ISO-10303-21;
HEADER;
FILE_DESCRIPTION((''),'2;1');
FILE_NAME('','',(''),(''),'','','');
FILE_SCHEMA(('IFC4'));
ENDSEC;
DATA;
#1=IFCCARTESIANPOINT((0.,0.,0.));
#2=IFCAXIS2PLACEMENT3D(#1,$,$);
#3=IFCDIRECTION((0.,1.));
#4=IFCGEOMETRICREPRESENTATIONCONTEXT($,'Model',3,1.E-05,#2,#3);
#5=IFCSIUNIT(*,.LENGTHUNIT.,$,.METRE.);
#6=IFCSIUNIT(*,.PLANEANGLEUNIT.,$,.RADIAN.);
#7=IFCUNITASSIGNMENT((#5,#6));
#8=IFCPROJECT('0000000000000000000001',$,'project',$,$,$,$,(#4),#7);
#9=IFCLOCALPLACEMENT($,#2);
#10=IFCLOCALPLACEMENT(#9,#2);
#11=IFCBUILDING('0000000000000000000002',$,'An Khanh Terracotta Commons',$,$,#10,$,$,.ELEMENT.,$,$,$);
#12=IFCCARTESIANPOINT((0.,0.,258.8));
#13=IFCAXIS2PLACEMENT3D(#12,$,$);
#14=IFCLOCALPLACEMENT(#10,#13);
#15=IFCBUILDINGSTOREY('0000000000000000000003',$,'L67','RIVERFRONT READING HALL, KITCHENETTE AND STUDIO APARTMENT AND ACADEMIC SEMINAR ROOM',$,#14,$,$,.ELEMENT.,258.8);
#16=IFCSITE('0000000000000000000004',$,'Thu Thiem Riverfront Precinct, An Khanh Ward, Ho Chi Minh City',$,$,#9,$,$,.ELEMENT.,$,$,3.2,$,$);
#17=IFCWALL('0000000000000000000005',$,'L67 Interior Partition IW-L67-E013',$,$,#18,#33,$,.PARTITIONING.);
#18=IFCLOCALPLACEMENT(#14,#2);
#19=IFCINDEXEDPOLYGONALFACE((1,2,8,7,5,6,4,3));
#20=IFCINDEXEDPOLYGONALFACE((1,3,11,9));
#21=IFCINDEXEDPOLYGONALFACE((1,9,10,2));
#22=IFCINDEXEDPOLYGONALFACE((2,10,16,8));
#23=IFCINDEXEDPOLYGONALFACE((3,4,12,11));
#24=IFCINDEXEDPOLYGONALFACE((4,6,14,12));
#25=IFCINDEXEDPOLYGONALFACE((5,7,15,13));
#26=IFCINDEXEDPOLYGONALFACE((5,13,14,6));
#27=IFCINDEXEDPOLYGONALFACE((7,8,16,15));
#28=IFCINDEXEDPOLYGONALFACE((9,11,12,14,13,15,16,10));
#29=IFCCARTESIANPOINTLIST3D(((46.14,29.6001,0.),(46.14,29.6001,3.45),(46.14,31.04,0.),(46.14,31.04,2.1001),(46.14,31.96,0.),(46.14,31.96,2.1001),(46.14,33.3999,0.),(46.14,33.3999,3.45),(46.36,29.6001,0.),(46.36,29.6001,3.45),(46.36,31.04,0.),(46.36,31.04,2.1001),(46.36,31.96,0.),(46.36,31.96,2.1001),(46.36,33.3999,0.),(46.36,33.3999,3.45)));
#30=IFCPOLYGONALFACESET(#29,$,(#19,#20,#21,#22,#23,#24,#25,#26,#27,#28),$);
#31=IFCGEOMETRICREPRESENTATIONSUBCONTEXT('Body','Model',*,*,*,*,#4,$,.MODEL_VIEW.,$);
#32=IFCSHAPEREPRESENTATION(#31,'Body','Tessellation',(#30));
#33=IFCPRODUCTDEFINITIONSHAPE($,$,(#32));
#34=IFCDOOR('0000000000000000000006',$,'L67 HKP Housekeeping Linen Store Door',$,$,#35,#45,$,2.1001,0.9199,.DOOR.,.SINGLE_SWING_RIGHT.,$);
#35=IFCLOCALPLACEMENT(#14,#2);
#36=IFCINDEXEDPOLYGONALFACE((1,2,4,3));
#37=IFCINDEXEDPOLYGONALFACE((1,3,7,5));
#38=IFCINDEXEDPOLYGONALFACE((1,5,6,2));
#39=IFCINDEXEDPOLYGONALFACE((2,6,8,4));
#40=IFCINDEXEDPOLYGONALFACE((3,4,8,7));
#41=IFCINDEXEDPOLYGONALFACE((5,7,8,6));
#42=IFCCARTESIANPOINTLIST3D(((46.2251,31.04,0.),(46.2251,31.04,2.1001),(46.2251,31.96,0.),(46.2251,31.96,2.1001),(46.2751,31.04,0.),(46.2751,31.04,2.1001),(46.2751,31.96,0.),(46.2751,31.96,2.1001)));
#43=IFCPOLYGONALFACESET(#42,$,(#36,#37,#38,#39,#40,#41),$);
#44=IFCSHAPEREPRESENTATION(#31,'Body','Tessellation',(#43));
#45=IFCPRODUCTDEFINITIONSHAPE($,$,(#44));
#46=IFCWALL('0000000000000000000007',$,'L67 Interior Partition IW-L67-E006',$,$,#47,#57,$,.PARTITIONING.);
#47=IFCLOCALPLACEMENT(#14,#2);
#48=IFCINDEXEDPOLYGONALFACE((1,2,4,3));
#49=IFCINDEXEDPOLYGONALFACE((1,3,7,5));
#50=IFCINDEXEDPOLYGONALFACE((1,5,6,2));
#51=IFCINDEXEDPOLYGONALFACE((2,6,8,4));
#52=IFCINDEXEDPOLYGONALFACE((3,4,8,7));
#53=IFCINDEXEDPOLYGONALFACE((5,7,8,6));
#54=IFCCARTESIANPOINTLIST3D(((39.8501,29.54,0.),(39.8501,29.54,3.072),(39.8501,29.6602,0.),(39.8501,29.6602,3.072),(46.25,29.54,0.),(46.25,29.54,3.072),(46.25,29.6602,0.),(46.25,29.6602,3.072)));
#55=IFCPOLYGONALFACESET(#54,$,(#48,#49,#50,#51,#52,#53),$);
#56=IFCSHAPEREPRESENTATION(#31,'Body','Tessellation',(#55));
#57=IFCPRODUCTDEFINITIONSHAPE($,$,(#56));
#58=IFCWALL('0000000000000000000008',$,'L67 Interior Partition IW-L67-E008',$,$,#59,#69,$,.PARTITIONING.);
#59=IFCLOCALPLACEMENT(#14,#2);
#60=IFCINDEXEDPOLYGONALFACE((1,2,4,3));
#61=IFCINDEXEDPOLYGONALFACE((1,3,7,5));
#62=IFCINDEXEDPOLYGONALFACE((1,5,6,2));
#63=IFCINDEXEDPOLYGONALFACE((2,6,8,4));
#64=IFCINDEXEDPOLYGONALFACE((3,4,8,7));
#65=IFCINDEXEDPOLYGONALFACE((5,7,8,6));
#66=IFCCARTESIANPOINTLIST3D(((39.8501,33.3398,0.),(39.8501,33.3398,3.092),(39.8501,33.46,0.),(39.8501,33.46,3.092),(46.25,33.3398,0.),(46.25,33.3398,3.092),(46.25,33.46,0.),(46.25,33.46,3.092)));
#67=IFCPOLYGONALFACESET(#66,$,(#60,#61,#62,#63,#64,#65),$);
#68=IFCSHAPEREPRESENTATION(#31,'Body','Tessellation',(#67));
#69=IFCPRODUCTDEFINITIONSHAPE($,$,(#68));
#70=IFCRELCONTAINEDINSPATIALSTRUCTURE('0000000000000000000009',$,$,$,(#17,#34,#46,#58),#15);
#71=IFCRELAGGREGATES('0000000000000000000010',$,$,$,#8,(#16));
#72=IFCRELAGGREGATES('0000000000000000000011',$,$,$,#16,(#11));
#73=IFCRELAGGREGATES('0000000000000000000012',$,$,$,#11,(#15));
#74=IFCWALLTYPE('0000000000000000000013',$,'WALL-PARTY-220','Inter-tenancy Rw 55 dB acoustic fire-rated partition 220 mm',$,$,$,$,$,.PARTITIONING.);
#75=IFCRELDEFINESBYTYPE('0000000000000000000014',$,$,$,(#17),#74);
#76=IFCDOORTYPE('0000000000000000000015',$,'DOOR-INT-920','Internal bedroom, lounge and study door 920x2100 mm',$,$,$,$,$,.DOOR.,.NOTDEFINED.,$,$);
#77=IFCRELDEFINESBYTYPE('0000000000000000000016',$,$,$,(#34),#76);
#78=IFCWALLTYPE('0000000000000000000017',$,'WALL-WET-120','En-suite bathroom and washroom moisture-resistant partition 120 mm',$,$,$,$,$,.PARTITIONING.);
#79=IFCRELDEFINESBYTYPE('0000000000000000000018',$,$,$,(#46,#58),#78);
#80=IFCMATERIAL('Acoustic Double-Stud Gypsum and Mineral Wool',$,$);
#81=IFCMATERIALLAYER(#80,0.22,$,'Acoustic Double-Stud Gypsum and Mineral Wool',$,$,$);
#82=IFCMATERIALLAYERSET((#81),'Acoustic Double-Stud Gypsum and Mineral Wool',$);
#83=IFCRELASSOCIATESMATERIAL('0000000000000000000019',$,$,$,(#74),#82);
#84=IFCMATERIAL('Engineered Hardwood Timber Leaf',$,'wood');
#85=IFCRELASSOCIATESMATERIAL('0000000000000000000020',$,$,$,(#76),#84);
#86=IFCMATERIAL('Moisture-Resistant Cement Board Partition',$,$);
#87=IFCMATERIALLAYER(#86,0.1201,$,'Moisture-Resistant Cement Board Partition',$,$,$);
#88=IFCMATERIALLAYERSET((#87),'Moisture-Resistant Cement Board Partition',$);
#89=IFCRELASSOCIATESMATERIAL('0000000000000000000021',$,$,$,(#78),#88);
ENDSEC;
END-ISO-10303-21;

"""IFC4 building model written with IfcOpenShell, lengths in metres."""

from ifc_helpers import new_model, si_unit, direction, frame, frame_2d, origin, place, context, subcontext, project, spatial, rectangle, extrude, material, layer, layer_set, type_object, element, fill, save


model = new_model("IFC4")

# Units and contexts
model_context = context("Model", 3, precision=1e-05, world=origin(), true_north=direction((0.0, 1.0)))
body_context = subcontext(model_context, "Body", "Model", "MODEL_VIEW")
ifc_project = project(units=[si_unit("LENGTHUNIT", "METRE"), si_unit("PLANEANGLEUNIT", "RADIAN")], contexts=[model_context])

# Site, building, storey
site_placement = place(None, origin())
site = spatial("IfcSite", under=ifc_project, at=site_placement, Name="Thu Thiem Riverfront Precinct, An Khanh Ward, Ho Chi Minh City", CompositionType="ELEMENT", RefElevation=3.2)
building_placement = place(site_placement, origin())
building = spatial("IfcBuilding", under=site, at=building_placement, Name="An Khanh Terracotta Commons", CompositionType="ELEMENT")
storey_placement = place(building_placement, frame((0.0, 0.0, 258.8)))
storey = spatial("IfcBuildingStorey", under=building, at=storey_placement, Name="L67", Description="RIVERFRONT READING HALL, KITCHENETTE AND STUDIO APARTMENT AND ACADEMIC SEMINAR ROOM", CompositionType="ELEMENT", Elevation=258.8)

# Shared definitions
ifc_material_1 = material(Name="Acoustic Double-Stud Gypsum and Mineral Wool")
ifc_layer_1 = layer(ifc_material_1, 0.22, Name="Acoustic Double-Stud Gypsum and Mineral Wool")
ifc_layer_set_1 = layer_set([ifc_layer_1], Name="Acoustic Double-Stud Gypsum and Mineral Wool")
wall_type_1 = type_object("IfcWallType", Name="WALL-PARTY-220", Description="Inter-tenancy Rw 55 dB acoustic fire-rated partition 220 mm", PredefinedType="PARTITIONING", material=ifc_layer_set_1)

# Wall, opening, door
wall_1_placement = place(storey_placement, frame((46.25, 29.6001, 0.0), z_axis=(0.0, 0.0, 1.0), x_axis=(0.0, 1.0, 0.0)))
wall_1 = element("IfcWall", 1, at=wall_1_placement, inside=storey, type_object=wall_type_1, Name="L67 Interior Partition IW-L67-E013", PredefinedType="PARTITIONING", context=body_context, shape_type="SweptSolid", body=[
    extrude(rectangle(XDim=3.7998, YDim=0.22, at=frame_2d((1.8999, 0.0))), origin(), (0.0, 0.0, 1.0), 3.45),
])
opening_placement = place(wall_1_placement, frame((1.4399, 0.0, 0.0)))
opening = element("IfcOpeningElement", 2, at=opening_placement, cuts=wall_1, PredefinedType="OPENING", context=body_context, shape_type="SweptSolid", body=[
    extrude(rectangle(XDim=0.9199, YDim=2.1001, at=frame_2d((0.46, 1.05))), frame((0.0, 0.1199, 0.0), z_axis=(0.0, -1.0, 0.0), x_axis=(1.0, 0.0, 0.0)), (0.0, 0.0, 1.0), 0.24),
])
ifc_material_2 = material(Name="Engineered Hardwood Timber Leaf", Category="wood")
door_type = type_object("IfcDoorType", Name="DOOR-INT-920", Description="Internal bedroom, lounge and study door 920x2100 mm", OperationType="NOTDEFINED", PredefinedType="DOOR", material=ifc_material_2)
door_placement = place(opening_placement, origin())
door = element("IfcDoor", 3, at=door_placement, inside=storey, type_object=door_type, Name="L67 HKP Housekeeping Linen Store Door", OperationType="SINGLE_SWING_RIGHT", OverallHeight=2.1001, OverallWidth=0.9199, PredefinedType="DOOR", context=body_context, shape_type="SweptSolid", body=[
    extrude(rectangle(XDim=0.9199, YDim=2.1001, at=frame_2d((0.46, 1.05))), frame((0.0, 0.0249, 0.0), z_axis=(0.0, -1.0, 0.0), x_axis=(1.0, 0.0, 0.0)), (0.0, 0.0, 1.0), 0.05),
])
fill(opening, door)

# Walls
ifc_material_3 = material(Name="Moisture-Resistant Cement Board Partition")
ifc_layer_2 = layer(ifc_material_3, 0.1201, Name="Moisture-Resistant Cement Board Partition")
ifc_layer_set_2 = layer_set([ifc_layer_2], Name="Moisture-Resistant Cement Board Partition")
wall_type_2 = type_object("IfcWallType", Name="WALL-WET-120", Description="En-suite bathroom and washroom moisture-resistant partition 120 mm", PredefinedType="PARTITIONING", material=ifc_layer_set_2)
wall_2_placement = place(storey_placement, frame((39.8501, 29.6001, 0.0), z_axis=(0.0, 0.0, 1.0), x_axis=(1.0, 0.0, 0.0)))
element("IfcWall", 4, at=wall_2_placement, inside=storey, type_object=wall_type_2, Name="L67 Interior Partition IW-L67-E006", PredefinedType="PARTITIONING", context=body_context, shape_type="SweptSolid", body=[
    extrude(rectangle(XDim=6.3999, YDim=0.1201, at=frame_2d((3.2, 0.0))), origin(), (0.0, 0.0, 1.0), 3.072),
])
wall_3_placement = place(storey_placement, frame((39.8501, 33.3999, 0.0), z_axis=(0.0, 0.0, 1.0), x_axis=(1.0, 0.0, 0.0)))
element("IfcWall", 5, at=wall_3_placement, inside=storey, type_object=wall_type_2, Name="L67 Interior Partition IW-L67-E008", PredefinedType="PARTITIONING", context=body_context, shape_type="SweptSolid", body=[
    extrude(rectangle(XDim=6.3999, YDim=0.1201, at=frame_2d((3.2, 0.0))), origin(), (0.0, 0.0, 1.0), 3.092),
])

save(model, "model.ifc")
